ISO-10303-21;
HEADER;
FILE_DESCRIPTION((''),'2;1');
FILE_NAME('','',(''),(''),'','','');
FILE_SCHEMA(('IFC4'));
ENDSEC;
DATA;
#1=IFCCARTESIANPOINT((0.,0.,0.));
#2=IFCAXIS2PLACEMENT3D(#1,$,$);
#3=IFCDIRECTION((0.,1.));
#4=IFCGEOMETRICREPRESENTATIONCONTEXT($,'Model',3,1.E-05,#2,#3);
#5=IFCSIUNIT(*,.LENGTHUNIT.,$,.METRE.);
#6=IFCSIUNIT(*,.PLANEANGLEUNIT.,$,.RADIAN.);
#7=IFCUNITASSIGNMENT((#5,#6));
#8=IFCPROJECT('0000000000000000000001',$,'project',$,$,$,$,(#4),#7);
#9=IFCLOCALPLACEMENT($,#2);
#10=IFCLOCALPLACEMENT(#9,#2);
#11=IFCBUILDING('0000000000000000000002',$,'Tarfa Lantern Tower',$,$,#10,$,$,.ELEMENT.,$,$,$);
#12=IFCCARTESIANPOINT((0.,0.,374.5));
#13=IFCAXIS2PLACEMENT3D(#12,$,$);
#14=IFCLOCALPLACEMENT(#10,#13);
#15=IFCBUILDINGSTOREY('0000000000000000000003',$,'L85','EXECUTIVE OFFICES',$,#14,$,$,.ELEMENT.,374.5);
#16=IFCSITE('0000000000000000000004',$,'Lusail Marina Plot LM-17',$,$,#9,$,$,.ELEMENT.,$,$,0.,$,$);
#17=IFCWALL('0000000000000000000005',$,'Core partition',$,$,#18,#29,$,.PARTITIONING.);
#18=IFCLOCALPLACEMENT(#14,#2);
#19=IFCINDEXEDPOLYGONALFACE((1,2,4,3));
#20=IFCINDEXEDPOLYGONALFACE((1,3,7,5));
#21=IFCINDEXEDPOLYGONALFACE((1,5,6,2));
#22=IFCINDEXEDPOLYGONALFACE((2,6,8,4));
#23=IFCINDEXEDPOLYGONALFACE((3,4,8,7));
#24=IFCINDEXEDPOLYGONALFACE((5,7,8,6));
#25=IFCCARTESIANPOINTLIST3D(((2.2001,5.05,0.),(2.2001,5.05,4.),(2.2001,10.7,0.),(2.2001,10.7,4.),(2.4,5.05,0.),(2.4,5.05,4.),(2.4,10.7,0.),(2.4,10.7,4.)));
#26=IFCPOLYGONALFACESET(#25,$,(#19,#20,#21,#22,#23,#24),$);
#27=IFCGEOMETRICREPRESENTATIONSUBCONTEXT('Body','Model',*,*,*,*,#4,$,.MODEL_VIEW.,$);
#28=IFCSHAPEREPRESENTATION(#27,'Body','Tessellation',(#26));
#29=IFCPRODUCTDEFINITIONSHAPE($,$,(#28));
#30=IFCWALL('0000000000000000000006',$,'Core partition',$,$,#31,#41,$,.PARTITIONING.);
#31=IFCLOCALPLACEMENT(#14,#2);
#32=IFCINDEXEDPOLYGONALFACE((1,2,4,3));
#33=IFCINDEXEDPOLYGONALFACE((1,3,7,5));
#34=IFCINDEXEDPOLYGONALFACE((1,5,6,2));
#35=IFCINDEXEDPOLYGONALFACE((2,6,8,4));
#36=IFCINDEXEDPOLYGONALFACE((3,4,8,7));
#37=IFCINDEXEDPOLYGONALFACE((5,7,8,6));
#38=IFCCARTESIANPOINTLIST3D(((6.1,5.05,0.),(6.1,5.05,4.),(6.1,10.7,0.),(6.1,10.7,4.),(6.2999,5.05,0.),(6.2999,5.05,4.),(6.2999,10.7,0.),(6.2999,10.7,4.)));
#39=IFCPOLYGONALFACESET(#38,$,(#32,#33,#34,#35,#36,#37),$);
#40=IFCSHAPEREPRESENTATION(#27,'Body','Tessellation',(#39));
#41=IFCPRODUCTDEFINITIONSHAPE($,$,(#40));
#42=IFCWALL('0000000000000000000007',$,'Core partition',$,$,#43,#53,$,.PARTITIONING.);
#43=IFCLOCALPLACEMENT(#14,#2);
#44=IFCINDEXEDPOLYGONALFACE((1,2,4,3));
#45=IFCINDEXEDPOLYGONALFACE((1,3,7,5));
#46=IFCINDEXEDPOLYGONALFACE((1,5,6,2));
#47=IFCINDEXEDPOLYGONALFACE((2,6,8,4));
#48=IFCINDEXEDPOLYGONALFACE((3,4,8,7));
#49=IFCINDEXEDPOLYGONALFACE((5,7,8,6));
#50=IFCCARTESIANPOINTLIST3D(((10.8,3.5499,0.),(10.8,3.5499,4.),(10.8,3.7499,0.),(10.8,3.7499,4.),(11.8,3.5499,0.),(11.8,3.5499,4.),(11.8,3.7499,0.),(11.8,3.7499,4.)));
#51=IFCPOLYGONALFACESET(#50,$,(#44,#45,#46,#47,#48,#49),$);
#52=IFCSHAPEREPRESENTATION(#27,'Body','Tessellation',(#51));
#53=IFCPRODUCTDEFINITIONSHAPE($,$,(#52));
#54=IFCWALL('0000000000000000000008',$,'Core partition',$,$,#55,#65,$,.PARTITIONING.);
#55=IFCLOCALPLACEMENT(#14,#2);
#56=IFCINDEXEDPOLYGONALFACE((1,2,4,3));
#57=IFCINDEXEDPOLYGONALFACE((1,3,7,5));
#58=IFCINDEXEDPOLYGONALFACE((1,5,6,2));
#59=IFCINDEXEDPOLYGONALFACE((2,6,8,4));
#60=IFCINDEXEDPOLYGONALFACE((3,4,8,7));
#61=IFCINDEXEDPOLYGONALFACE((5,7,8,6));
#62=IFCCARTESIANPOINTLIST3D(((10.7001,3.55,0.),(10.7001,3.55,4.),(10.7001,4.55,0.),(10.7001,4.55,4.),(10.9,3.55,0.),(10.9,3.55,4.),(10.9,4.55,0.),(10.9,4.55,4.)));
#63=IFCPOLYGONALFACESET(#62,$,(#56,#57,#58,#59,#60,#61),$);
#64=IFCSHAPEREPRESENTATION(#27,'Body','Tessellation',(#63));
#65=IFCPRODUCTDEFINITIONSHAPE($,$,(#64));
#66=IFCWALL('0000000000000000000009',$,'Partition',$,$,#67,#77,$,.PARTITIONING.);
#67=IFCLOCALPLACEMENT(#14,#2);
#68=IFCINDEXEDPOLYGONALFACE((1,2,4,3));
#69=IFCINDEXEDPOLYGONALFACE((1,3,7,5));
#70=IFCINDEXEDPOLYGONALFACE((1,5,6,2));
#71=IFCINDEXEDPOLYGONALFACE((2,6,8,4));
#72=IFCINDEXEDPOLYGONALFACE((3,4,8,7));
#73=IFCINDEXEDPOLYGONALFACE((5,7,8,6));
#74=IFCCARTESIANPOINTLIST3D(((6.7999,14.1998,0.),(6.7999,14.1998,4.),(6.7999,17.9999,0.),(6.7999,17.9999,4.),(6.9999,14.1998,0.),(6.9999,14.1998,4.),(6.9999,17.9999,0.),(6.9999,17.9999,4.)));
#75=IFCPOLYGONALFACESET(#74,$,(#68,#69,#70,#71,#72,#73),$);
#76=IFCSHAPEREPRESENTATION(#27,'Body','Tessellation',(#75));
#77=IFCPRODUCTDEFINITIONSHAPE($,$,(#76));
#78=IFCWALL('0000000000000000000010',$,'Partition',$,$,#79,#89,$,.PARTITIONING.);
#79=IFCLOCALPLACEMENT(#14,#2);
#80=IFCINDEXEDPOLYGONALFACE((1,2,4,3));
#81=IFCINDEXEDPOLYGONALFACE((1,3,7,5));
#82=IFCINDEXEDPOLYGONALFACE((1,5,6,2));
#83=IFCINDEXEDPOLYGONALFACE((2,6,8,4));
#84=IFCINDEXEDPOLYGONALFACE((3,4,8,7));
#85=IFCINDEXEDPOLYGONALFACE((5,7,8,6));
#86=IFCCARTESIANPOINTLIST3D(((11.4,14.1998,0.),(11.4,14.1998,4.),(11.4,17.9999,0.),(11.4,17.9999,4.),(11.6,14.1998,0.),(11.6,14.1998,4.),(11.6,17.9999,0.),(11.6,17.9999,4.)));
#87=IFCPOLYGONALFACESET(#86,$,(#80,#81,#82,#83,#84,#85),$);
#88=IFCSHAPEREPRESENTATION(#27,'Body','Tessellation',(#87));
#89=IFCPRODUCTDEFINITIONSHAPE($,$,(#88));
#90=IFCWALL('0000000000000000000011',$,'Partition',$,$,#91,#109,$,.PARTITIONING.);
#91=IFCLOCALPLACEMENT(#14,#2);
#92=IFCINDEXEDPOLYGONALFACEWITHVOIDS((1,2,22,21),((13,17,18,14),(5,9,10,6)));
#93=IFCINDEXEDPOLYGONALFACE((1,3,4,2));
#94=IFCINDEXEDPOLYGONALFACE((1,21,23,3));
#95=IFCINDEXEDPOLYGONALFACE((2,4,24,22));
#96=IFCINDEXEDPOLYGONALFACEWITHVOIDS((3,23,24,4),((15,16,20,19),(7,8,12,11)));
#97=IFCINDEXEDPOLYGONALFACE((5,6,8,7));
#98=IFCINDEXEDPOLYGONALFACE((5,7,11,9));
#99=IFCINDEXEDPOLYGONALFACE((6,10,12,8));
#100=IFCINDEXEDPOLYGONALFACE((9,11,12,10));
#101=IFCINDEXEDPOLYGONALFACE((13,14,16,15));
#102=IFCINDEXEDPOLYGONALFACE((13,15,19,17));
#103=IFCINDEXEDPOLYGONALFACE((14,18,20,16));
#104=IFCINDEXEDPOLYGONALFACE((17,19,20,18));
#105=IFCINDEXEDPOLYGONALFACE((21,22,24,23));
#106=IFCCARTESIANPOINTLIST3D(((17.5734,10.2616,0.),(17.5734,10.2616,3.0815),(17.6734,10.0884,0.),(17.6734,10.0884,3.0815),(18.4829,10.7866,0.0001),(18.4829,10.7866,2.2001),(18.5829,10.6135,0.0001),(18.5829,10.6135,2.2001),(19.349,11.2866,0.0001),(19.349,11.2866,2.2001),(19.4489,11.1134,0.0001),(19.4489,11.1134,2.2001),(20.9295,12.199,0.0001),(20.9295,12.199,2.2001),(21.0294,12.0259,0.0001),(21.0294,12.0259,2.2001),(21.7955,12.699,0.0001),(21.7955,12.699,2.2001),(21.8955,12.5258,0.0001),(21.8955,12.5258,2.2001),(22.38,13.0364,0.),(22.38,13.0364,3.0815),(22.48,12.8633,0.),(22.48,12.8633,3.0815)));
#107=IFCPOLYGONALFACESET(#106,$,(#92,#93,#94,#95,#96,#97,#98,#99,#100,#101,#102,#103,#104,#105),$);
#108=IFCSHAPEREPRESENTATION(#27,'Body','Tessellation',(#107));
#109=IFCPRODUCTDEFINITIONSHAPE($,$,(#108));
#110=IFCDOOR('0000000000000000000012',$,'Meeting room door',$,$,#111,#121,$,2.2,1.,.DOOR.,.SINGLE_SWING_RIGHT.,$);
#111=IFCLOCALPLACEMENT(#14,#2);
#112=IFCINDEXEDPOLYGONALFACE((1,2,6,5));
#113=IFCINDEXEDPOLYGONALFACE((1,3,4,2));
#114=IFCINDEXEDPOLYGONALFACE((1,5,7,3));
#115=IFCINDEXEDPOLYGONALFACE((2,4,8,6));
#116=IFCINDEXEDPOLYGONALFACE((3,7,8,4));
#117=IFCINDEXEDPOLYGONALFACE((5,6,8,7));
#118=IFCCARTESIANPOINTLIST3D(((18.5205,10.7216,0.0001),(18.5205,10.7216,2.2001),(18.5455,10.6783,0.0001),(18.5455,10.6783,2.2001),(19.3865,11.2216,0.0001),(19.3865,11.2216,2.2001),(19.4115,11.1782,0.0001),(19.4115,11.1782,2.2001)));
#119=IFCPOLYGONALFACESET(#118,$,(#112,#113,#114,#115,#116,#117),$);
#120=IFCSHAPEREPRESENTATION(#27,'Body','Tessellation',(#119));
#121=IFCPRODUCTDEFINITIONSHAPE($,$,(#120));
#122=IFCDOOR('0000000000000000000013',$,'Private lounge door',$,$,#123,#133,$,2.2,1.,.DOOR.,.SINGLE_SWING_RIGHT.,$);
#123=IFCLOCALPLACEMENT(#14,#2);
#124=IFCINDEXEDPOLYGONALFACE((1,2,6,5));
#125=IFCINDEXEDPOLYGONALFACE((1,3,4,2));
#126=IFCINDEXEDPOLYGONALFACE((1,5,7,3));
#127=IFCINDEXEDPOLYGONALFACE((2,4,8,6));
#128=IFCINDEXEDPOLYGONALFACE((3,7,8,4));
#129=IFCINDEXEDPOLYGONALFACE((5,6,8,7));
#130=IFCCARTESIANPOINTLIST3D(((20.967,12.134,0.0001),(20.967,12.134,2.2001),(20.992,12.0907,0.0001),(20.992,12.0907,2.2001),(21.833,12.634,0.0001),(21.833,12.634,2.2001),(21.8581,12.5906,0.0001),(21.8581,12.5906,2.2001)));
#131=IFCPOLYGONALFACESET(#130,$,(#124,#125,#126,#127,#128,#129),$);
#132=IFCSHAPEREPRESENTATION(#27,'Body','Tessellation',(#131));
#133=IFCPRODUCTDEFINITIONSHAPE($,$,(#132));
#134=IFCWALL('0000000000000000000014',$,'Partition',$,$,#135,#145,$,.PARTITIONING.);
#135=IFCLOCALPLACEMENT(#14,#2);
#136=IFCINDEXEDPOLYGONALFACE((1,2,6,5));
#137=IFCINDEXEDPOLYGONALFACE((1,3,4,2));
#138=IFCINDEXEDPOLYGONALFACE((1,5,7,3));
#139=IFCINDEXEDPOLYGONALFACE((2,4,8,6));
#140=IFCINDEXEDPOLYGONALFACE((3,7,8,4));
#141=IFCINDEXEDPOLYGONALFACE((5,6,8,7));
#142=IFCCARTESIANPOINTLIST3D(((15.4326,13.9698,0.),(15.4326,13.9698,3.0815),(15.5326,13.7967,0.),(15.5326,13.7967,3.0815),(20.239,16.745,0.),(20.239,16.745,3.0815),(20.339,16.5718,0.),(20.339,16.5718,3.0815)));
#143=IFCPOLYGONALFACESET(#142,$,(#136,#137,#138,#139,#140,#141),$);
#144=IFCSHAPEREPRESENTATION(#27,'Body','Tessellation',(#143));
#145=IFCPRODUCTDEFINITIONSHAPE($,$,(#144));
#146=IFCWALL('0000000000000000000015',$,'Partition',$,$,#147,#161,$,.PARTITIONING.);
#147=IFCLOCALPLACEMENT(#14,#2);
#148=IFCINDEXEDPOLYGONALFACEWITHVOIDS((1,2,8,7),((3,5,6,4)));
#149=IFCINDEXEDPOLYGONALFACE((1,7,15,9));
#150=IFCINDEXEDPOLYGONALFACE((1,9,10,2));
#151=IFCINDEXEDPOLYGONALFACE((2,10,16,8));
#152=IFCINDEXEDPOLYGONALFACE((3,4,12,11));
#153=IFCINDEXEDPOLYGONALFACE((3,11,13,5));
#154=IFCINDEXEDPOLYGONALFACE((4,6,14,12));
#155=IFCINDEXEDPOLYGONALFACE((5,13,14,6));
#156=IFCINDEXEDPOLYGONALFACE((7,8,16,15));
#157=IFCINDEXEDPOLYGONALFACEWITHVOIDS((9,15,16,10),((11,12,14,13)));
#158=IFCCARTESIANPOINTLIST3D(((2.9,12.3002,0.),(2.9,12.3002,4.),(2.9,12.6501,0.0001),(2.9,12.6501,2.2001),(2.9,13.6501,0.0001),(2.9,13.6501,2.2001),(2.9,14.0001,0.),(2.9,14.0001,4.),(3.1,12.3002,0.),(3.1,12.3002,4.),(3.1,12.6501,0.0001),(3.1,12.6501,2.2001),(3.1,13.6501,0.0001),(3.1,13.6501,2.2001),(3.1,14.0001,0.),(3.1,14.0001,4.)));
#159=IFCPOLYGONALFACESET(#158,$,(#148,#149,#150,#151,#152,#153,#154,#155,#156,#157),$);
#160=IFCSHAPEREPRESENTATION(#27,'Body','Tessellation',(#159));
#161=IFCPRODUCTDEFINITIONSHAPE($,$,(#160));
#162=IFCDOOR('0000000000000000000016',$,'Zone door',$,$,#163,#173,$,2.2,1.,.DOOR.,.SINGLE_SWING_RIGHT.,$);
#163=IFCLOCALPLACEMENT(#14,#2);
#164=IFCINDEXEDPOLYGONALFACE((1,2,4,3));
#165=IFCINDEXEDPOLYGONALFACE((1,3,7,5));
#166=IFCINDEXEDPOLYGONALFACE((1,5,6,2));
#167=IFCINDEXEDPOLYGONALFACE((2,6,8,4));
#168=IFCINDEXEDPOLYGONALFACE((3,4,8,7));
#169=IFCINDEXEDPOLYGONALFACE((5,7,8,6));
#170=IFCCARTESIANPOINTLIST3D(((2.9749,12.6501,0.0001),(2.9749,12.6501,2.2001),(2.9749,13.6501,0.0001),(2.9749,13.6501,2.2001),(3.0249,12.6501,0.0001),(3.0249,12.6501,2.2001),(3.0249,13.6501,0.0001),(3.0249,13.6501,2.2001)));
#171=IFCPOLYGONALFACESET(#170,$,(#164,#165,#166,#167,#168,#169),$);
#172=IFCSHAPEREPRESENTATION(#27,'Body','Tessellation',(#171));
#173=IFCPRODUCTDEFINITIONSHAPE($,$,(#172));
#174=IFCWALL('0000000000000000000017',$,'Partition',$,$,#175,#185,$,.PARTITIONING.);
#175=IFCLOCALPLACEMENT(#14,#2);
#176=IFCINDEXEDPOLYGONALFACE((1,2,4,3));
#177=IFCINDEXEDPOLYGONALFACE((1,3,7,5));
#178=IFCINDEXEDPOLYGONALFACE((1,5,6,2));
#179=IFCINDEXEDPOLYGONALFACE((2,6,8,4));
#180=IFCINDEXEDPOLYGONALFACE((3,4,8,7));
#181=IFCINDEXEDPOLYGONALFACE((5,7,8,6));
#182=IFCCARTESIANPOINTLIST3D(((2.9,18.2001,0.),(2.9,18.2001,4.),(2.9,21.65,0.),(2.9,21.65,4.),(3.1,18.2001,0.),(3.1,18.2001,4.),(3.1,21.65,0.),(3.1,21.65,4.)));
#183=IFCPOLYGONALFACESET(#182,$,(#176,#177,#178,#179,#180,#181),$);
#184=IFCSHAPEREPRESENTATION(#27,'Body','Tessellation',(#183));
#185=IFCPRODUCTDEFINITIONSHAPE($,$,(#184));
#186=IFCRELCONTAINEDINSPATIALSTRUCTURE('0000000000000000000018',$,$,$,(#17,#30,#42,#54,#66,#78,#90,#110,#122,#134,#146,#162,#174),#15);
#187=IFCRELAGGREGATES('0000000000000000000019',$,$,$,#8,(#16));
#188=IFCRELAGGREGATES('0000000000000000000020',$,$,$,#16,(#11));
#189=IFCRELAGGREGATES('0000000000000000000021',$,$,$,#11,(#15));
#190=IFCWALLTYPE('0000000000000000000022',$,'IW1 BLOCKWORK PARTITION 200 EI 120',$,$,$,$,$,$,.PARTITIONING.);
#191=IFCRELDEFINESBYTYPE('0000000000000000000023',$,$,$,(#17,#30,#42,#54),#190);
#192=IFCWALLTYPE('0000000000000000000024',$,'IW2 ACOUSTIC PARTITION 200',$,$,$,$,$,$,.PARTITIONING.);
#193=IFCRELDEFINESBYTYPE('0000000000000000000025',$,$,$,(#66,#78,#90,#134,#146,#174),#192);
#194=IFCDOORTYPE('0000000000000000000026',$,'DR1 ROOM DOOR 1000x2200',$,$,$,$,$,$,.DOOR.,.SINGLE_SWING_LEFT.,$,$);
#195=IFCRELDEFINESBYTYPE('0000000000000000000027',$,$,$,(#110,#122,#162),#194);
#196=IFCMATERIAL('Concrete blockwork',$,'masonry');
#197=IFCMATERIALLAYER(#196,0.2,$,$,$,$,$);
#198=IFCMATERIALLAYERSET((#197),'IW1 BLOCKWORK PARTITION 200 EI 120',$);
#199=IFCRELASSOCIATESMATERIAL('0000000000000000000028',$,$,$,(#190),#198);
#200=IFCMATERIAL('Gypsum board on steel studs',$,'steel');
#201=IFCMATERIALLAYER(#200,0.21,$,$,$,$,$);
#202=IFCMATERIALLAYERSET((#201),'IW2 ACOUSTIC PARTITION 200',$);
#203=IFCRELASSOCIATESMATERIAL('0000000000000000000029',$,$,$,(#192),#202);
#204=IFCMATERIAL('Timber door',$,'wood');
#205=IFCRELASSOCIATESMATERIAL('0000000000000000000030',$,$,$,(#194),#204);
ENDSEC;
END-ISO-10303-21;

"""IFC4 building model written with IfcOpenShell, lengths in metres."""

from ifc_helpers import new_model, si_unit, direction, frame, frame_2d, origin, place, context, subcontext, project, spatial, rectangle, extrude, material, layer, layer_set, type_object, element, fill, save


model = new_model("IFC4")

# Units and contexts
model_context = context("Model", 3, precision=1e-05, world=origin(), true_north=direction((0.0, 1.0)))
body_context = subcontext(model_context, "Body", "Model", "MODEL_VIEW")
ifc_project = project(units=[si_unit("LENGTHUNIT", "METRE"), si_unit("PLANEANGLEUNIT", "RADIAN")], contexts=[model_context])

# Site, building, storey
site_placement = place(None, origin())
site = spatial("IfcSite", under=ifc_project, at=site_placement, Name="Lusail Marina Plot LM-17", CompositionType="ELEMENT", RefElevation=0.0)
building_placement = place(site_placement, origin())
building = spatial("IfcBuilding", under=site, at=building_placement, Name="Tarfa Lantern Tower", CompositionType="ELEMENT")
storey_placement = place(building_placement, frame((0.0, 0.0, 374.5)))
storey = spatial("IfcBuildingStorey", under=building, at=storey_placement, Name="L85", Description="EXECUTIVE OFFICES", CompositionType="ELEMENT", Elevation=374.5)

# Walls
ifc_material_1 = material(Name="Concrete blockwork", Category="masonry")
ifc_layer_1 = layer(ifc_material_1, 0.2)
ifc_layer_set_1 = layer_set([ifc_layer_1], Name="IW1 BLOCKWORK PARTITION 200 EI 120")
wall_type_1 = type_object("IfcWallType", Name="IW1 BLOCKWORK PARTITION 200 EI 120", PredefinedType="PARTITIONING", material=ifc_layer_set_1)
for number, where, z_axis, x_axis, name in (
    (1, (2.3, 5.05, 0.0), (0.0, 0.0, 1.0), (0.0, 1.0, 0.0), "Core partition"),
    (2, (6.2, 5.05, 0.0), (0.0, 0.0, 1.0), (0.0, 1.0, 0.0), "Core partition"),
):
    element("IfcWall", number, at=place(storey_placement, frame(where, z_axis=z_axis, x_axis=x_axis)), inside=storey, type_object=wall_type_1, Name=name, PredefinedType="PARTITIONING", context=body_context, shape_type="SweptSolid", body=[
        extrude(rectangle(XDim=5.6499, YDim=0.2, at=frame_2d((2.825, 0.0))), origin(), (0.0, 0.0, 1.0), 4.0),
    ])
for number, where, z_axis, x_axis, name in (
    (3, (10.8, 3.6499, 0.0), (0.0, 0.0, 1.0), (1.0, 0.0, 0.0), "Core partition"),
    (4, (10.8, 3.55, 0.0), (0.0, 0.0, 1.0), (0.0, 1.0, 0.0), "Core partition"),
):
    element("IfcWall", number, at=place(storey_placement, frame(where, z_axis=z_axis, x_axis=x_axis)), inside=storey, type_object=wall_type_1, Name=name, PredefinedType="PARTITIONING", context=body_context, shape_type="SweptSolid", body=[
        extrude(rectangle(XDim=1.0, YDim=0.2, at=frame_2d((0.5, 0.0))), origin(), (0.0, 0.0, 1.0), 4.0),
    ])
ifc_material_2 = material(Name="Gypsum board on steel studs", Category="steel")
ifc_layer_2 = layer(ifc_material_2, 0.21)
ifc_layer_set_2 = layer_set([ifc_layer_2], Name="IW2 ACOUSTIC PARTITION 200")
wall_type_2 = type_object("IfcWallType", Name="IW2 ACOUSTIC PARTITION 200", PredefinedType="PARTITIONING", material=ifc_layer_set_2)
for number, where, z_axis, x_axis, name in (
    (5, (6.8999, 14.2, 0.0), (0.0, 0.0, 1.0), (0.0, 1.0, 0.0), "Partition"),
    (6, (11.5, 14.2, 0.0), (0.0, 0.0, 1.0), (0.0, 1.0, 0.0), "Partition"),
):
    element("IfcWall", number, at=place(storey_placement, frame(where, z_axis=z_axis, x_axis=x_axis)), inside=storey, type_object=wall_type_2, Name=name, PredefinedType="PARTITIONING", context=body_context, shape_type="SweptSolid", body=[
        extrude(rectangle(XDim=3.8, YDim=0.2, at=frame_2d((1.8999, 0.0))), origin(), (0.0, 0.0, 1.0), 4.0),
    ])

# Wall, openings, doors
wall_1_placement = place(storey_placement, frame((17.6235, 10.175, 0.0), z_axis=(0.0, 0.0, 1.0), x_axis=(0.866042, 0.499971, 0.0)))
wall_1 = element("IfcWall", 7, at=wall_1_placement, inside=storey, type_object=wall_type_2, Name="Partition", PredefinedType="PARTITIONING", context=body_context, shape_type="SweptSolid", body=[
    extrude(rectangle(XDim=5.55, YDim=0.2, at=frame_2d((2.7749, 0.0))), origin(), (0.0, 0.0, 1.0), 3.0815),
])
opening_1_placement = place(wall_1_placement, frame((1.05, 0.0, 0.0)))
opening_1 = element("IfcOpeningElement", 8, at=opening_1_placement, cuts=wall_1, PredefinedType="OPENING", context=body_context, shape_type="SweptSolid", body=[
    extrude(rectangle(XDim=1.0, YDim=2.2, at=frame_2d((0.5, 1.1001))), frame((0.0, 0.1099, 0.0), z_axis=(0.0, -1.0, 0.0), x_axis=(1.0, 0.0, 0.0)), (0.0, 0.0, 1.0), 0.22),
])
opening_2_placement = place(wall_1_placement, frame((3.875, 0.0, 0.0)))
opening_2 = element("IfcOpeningElement", 9, at=opening_2_placement, cuts=wall_1, PredefinedType="OPENING", context=body_context, shape_type="SweptSolid", body=[
    extrude(rectangle(XDim=1.0, YDim=2.2, at=frame_2d((0.5, 1.1001))), frame((0.0, 0.1099, 0.0), z_axis=(0.0, -1.0, 0.0), x_axis=(1.0, 0.0, 0.0)), (0.0, 0.0, 1.0), 0.22),
])
ifc_material_3 = material(Name="Timber door", Category="wood")
door_type = type_object("IfcDoorType", Name="DR1 ROOM DOOR 1000x2200", OperationType="SINGLE_SWING_LEFT", PredefinedType="DOOR", material=ifc_material_3)
door_1_placement = place(opening_1_placement, origin())
door_1 = element("IfcDoor", 10, at=door_1_placement, inside=storey, type_object=door_type, Name="Meeting room door", OperationType="SINGLE_SWING_RIGHT", OverallHeight=2.2, OverallWidth=1.0, PredefinedType="DOOR", context=body_context, shape_type="SweptSolid", body=[
    extrude(rectangle(XDim=1.0, YDim=2.2, at=frame_2d((0.5, 1.1001))), frame((0.0, 0.0249, 0.0), z_axis=(0.0, -1.0, 0.0), x_axis=(1.0, 0.0, 0.0)), (0.0, 0.0, 1.0), 0.05),
])
fill(opening_1, door_1)
door_2_placement = place(opening_2_placement, origin())
door_2 = element("IfcDoor", 11, at=door_2_placement, inside=storey, type_object=door_type, Name="Private lounge door", OperationType="SINGLE_SWING_RIGHT", OverallHeight=2.2, OverallWidth=1.0, PredefinedType="DOOR", context=body_context, shape_type="SweptSolid", body=[
    extrude(rectangle(XDim=1.0, YDim=2.2, at=frame_2d((0.5, 1.1001))), frame((0.0, 0.0249, 0.0), z_axis=(0.0, -1.0, 0.0), x_axis=(1.0, 0.0, 0.0)), (0.0, 0.0, 1.0), 0.05),
])
fill(opening_2, door_2)

# Wall
wall_2_placement = place(storey_placement, frame((15.4827, 13.8833, 0.0), z_axis=(0.0, 0.0, 1.0), x_axis=(0.866012, 0.500023, 0.0)))
element("IfcWall", 12, at=wall_2_placement, inside=storey, type_object=wall_type_2, Name="Partition", PredefinedType="PARTITIONING", context=body_context, shape_type="SweptSolid", body=[
    extrude(rectangle(XDim=5.55, YDim=0.2, at=frame_2d((2.7749, 0.0))), origin(), (0.0, 0.0, 1.0), 3.0815),
])

# Wall, opening, door
wall_3_placement = place(storey_placement, frame((3.0, 12.3, 0.0), z_axis=(0.0, 0.0, 1.0), x_axis=(0.0, 1.0, 0.0)))
wall_3 = element("IfcWall", 13, at=wall_3_placement, inside=storey, type_object=wall_type_2, Name="Partition", PredefinedType="PARTITIONING", context=body_context, shape_type="SweptSolid", body=[
    extrude(rectangle(XDim=1.7, YDim=0.2, at=frame_2d((0.8501, 0.0))), origin(), (0.0, 0.0, 1.0), 4.0),
])
opening_3_placement = place(wall_3_placement, frame((0.3501, 0.0, 0.0)))
opening_3 = element("IfcOpeningElement", 14, at=opening_3_placement, cuts=wall_3, PredefinedType="OPENING", context=body_context, shape_type="SweptSolid", body=[
    extrude(rectangle(XDim=1.0, YDim=2.2, at=frame_2d((0.5, 1.1001))), frame((0.0, 0.1099, 0.0), z_axis=(0.0, -1.0, 0.0), x_axis=(1.0, 0.0, 0.0)), (0.0, 0.0, 1.0), 0.22),
])
door_3_placement = place(opening_3_placement, frame((1.0, 0.0, 0.0), z_axis=(0.0, 0.0, 1.0), x_axis=(-1.0, 0.0, 0.0)))
door_3 = element("IfcDoor", 15, at=door_3_placement, inside=storey, type_object=door_type, Name="Zone door", OperationType="SINGLE_SWING_RIGHT", OverallHeight=2.2, OverallWidth=1.0, PredefinedType="DOOR", context=body_context, shape_type="SweptSolid", body=[
    extrude(rectangle(XDim=1.0, YDim=2.2, at=frame_2d((0.5, 1.1001))), frame((0.0, 0.0249, 0.0), z_axis=(0.0, -1.0, 0.0), x_axis=(1.0, 0.0, 0.0)), (0.0, 0.0, 1.0), 0.05),
])
fill(opening_3, door_3)

# Wall
wall_4_placement = place(storey_placement, frame((3.0, 18.2, 0.0), z_axis=(0.0, 0.0, 1.0), x_axis=(0.0, 1.0, 0.0)))
element("IfcWall", 16, at=wall_4_placement, inside=storey, type_object=wall_type_2, Name="Partition", PredefinedType="PARTITIONING", context=body_context, shape_type="SweptSolid", body=[
    extrude(rectangle(XDim=3.45, YDim=0.2, at=frame_2d((1.7251, 0.0))), origin(), (0.0, 0.0, 1.0), 4.0),
])

save(model, "model.ifc")
